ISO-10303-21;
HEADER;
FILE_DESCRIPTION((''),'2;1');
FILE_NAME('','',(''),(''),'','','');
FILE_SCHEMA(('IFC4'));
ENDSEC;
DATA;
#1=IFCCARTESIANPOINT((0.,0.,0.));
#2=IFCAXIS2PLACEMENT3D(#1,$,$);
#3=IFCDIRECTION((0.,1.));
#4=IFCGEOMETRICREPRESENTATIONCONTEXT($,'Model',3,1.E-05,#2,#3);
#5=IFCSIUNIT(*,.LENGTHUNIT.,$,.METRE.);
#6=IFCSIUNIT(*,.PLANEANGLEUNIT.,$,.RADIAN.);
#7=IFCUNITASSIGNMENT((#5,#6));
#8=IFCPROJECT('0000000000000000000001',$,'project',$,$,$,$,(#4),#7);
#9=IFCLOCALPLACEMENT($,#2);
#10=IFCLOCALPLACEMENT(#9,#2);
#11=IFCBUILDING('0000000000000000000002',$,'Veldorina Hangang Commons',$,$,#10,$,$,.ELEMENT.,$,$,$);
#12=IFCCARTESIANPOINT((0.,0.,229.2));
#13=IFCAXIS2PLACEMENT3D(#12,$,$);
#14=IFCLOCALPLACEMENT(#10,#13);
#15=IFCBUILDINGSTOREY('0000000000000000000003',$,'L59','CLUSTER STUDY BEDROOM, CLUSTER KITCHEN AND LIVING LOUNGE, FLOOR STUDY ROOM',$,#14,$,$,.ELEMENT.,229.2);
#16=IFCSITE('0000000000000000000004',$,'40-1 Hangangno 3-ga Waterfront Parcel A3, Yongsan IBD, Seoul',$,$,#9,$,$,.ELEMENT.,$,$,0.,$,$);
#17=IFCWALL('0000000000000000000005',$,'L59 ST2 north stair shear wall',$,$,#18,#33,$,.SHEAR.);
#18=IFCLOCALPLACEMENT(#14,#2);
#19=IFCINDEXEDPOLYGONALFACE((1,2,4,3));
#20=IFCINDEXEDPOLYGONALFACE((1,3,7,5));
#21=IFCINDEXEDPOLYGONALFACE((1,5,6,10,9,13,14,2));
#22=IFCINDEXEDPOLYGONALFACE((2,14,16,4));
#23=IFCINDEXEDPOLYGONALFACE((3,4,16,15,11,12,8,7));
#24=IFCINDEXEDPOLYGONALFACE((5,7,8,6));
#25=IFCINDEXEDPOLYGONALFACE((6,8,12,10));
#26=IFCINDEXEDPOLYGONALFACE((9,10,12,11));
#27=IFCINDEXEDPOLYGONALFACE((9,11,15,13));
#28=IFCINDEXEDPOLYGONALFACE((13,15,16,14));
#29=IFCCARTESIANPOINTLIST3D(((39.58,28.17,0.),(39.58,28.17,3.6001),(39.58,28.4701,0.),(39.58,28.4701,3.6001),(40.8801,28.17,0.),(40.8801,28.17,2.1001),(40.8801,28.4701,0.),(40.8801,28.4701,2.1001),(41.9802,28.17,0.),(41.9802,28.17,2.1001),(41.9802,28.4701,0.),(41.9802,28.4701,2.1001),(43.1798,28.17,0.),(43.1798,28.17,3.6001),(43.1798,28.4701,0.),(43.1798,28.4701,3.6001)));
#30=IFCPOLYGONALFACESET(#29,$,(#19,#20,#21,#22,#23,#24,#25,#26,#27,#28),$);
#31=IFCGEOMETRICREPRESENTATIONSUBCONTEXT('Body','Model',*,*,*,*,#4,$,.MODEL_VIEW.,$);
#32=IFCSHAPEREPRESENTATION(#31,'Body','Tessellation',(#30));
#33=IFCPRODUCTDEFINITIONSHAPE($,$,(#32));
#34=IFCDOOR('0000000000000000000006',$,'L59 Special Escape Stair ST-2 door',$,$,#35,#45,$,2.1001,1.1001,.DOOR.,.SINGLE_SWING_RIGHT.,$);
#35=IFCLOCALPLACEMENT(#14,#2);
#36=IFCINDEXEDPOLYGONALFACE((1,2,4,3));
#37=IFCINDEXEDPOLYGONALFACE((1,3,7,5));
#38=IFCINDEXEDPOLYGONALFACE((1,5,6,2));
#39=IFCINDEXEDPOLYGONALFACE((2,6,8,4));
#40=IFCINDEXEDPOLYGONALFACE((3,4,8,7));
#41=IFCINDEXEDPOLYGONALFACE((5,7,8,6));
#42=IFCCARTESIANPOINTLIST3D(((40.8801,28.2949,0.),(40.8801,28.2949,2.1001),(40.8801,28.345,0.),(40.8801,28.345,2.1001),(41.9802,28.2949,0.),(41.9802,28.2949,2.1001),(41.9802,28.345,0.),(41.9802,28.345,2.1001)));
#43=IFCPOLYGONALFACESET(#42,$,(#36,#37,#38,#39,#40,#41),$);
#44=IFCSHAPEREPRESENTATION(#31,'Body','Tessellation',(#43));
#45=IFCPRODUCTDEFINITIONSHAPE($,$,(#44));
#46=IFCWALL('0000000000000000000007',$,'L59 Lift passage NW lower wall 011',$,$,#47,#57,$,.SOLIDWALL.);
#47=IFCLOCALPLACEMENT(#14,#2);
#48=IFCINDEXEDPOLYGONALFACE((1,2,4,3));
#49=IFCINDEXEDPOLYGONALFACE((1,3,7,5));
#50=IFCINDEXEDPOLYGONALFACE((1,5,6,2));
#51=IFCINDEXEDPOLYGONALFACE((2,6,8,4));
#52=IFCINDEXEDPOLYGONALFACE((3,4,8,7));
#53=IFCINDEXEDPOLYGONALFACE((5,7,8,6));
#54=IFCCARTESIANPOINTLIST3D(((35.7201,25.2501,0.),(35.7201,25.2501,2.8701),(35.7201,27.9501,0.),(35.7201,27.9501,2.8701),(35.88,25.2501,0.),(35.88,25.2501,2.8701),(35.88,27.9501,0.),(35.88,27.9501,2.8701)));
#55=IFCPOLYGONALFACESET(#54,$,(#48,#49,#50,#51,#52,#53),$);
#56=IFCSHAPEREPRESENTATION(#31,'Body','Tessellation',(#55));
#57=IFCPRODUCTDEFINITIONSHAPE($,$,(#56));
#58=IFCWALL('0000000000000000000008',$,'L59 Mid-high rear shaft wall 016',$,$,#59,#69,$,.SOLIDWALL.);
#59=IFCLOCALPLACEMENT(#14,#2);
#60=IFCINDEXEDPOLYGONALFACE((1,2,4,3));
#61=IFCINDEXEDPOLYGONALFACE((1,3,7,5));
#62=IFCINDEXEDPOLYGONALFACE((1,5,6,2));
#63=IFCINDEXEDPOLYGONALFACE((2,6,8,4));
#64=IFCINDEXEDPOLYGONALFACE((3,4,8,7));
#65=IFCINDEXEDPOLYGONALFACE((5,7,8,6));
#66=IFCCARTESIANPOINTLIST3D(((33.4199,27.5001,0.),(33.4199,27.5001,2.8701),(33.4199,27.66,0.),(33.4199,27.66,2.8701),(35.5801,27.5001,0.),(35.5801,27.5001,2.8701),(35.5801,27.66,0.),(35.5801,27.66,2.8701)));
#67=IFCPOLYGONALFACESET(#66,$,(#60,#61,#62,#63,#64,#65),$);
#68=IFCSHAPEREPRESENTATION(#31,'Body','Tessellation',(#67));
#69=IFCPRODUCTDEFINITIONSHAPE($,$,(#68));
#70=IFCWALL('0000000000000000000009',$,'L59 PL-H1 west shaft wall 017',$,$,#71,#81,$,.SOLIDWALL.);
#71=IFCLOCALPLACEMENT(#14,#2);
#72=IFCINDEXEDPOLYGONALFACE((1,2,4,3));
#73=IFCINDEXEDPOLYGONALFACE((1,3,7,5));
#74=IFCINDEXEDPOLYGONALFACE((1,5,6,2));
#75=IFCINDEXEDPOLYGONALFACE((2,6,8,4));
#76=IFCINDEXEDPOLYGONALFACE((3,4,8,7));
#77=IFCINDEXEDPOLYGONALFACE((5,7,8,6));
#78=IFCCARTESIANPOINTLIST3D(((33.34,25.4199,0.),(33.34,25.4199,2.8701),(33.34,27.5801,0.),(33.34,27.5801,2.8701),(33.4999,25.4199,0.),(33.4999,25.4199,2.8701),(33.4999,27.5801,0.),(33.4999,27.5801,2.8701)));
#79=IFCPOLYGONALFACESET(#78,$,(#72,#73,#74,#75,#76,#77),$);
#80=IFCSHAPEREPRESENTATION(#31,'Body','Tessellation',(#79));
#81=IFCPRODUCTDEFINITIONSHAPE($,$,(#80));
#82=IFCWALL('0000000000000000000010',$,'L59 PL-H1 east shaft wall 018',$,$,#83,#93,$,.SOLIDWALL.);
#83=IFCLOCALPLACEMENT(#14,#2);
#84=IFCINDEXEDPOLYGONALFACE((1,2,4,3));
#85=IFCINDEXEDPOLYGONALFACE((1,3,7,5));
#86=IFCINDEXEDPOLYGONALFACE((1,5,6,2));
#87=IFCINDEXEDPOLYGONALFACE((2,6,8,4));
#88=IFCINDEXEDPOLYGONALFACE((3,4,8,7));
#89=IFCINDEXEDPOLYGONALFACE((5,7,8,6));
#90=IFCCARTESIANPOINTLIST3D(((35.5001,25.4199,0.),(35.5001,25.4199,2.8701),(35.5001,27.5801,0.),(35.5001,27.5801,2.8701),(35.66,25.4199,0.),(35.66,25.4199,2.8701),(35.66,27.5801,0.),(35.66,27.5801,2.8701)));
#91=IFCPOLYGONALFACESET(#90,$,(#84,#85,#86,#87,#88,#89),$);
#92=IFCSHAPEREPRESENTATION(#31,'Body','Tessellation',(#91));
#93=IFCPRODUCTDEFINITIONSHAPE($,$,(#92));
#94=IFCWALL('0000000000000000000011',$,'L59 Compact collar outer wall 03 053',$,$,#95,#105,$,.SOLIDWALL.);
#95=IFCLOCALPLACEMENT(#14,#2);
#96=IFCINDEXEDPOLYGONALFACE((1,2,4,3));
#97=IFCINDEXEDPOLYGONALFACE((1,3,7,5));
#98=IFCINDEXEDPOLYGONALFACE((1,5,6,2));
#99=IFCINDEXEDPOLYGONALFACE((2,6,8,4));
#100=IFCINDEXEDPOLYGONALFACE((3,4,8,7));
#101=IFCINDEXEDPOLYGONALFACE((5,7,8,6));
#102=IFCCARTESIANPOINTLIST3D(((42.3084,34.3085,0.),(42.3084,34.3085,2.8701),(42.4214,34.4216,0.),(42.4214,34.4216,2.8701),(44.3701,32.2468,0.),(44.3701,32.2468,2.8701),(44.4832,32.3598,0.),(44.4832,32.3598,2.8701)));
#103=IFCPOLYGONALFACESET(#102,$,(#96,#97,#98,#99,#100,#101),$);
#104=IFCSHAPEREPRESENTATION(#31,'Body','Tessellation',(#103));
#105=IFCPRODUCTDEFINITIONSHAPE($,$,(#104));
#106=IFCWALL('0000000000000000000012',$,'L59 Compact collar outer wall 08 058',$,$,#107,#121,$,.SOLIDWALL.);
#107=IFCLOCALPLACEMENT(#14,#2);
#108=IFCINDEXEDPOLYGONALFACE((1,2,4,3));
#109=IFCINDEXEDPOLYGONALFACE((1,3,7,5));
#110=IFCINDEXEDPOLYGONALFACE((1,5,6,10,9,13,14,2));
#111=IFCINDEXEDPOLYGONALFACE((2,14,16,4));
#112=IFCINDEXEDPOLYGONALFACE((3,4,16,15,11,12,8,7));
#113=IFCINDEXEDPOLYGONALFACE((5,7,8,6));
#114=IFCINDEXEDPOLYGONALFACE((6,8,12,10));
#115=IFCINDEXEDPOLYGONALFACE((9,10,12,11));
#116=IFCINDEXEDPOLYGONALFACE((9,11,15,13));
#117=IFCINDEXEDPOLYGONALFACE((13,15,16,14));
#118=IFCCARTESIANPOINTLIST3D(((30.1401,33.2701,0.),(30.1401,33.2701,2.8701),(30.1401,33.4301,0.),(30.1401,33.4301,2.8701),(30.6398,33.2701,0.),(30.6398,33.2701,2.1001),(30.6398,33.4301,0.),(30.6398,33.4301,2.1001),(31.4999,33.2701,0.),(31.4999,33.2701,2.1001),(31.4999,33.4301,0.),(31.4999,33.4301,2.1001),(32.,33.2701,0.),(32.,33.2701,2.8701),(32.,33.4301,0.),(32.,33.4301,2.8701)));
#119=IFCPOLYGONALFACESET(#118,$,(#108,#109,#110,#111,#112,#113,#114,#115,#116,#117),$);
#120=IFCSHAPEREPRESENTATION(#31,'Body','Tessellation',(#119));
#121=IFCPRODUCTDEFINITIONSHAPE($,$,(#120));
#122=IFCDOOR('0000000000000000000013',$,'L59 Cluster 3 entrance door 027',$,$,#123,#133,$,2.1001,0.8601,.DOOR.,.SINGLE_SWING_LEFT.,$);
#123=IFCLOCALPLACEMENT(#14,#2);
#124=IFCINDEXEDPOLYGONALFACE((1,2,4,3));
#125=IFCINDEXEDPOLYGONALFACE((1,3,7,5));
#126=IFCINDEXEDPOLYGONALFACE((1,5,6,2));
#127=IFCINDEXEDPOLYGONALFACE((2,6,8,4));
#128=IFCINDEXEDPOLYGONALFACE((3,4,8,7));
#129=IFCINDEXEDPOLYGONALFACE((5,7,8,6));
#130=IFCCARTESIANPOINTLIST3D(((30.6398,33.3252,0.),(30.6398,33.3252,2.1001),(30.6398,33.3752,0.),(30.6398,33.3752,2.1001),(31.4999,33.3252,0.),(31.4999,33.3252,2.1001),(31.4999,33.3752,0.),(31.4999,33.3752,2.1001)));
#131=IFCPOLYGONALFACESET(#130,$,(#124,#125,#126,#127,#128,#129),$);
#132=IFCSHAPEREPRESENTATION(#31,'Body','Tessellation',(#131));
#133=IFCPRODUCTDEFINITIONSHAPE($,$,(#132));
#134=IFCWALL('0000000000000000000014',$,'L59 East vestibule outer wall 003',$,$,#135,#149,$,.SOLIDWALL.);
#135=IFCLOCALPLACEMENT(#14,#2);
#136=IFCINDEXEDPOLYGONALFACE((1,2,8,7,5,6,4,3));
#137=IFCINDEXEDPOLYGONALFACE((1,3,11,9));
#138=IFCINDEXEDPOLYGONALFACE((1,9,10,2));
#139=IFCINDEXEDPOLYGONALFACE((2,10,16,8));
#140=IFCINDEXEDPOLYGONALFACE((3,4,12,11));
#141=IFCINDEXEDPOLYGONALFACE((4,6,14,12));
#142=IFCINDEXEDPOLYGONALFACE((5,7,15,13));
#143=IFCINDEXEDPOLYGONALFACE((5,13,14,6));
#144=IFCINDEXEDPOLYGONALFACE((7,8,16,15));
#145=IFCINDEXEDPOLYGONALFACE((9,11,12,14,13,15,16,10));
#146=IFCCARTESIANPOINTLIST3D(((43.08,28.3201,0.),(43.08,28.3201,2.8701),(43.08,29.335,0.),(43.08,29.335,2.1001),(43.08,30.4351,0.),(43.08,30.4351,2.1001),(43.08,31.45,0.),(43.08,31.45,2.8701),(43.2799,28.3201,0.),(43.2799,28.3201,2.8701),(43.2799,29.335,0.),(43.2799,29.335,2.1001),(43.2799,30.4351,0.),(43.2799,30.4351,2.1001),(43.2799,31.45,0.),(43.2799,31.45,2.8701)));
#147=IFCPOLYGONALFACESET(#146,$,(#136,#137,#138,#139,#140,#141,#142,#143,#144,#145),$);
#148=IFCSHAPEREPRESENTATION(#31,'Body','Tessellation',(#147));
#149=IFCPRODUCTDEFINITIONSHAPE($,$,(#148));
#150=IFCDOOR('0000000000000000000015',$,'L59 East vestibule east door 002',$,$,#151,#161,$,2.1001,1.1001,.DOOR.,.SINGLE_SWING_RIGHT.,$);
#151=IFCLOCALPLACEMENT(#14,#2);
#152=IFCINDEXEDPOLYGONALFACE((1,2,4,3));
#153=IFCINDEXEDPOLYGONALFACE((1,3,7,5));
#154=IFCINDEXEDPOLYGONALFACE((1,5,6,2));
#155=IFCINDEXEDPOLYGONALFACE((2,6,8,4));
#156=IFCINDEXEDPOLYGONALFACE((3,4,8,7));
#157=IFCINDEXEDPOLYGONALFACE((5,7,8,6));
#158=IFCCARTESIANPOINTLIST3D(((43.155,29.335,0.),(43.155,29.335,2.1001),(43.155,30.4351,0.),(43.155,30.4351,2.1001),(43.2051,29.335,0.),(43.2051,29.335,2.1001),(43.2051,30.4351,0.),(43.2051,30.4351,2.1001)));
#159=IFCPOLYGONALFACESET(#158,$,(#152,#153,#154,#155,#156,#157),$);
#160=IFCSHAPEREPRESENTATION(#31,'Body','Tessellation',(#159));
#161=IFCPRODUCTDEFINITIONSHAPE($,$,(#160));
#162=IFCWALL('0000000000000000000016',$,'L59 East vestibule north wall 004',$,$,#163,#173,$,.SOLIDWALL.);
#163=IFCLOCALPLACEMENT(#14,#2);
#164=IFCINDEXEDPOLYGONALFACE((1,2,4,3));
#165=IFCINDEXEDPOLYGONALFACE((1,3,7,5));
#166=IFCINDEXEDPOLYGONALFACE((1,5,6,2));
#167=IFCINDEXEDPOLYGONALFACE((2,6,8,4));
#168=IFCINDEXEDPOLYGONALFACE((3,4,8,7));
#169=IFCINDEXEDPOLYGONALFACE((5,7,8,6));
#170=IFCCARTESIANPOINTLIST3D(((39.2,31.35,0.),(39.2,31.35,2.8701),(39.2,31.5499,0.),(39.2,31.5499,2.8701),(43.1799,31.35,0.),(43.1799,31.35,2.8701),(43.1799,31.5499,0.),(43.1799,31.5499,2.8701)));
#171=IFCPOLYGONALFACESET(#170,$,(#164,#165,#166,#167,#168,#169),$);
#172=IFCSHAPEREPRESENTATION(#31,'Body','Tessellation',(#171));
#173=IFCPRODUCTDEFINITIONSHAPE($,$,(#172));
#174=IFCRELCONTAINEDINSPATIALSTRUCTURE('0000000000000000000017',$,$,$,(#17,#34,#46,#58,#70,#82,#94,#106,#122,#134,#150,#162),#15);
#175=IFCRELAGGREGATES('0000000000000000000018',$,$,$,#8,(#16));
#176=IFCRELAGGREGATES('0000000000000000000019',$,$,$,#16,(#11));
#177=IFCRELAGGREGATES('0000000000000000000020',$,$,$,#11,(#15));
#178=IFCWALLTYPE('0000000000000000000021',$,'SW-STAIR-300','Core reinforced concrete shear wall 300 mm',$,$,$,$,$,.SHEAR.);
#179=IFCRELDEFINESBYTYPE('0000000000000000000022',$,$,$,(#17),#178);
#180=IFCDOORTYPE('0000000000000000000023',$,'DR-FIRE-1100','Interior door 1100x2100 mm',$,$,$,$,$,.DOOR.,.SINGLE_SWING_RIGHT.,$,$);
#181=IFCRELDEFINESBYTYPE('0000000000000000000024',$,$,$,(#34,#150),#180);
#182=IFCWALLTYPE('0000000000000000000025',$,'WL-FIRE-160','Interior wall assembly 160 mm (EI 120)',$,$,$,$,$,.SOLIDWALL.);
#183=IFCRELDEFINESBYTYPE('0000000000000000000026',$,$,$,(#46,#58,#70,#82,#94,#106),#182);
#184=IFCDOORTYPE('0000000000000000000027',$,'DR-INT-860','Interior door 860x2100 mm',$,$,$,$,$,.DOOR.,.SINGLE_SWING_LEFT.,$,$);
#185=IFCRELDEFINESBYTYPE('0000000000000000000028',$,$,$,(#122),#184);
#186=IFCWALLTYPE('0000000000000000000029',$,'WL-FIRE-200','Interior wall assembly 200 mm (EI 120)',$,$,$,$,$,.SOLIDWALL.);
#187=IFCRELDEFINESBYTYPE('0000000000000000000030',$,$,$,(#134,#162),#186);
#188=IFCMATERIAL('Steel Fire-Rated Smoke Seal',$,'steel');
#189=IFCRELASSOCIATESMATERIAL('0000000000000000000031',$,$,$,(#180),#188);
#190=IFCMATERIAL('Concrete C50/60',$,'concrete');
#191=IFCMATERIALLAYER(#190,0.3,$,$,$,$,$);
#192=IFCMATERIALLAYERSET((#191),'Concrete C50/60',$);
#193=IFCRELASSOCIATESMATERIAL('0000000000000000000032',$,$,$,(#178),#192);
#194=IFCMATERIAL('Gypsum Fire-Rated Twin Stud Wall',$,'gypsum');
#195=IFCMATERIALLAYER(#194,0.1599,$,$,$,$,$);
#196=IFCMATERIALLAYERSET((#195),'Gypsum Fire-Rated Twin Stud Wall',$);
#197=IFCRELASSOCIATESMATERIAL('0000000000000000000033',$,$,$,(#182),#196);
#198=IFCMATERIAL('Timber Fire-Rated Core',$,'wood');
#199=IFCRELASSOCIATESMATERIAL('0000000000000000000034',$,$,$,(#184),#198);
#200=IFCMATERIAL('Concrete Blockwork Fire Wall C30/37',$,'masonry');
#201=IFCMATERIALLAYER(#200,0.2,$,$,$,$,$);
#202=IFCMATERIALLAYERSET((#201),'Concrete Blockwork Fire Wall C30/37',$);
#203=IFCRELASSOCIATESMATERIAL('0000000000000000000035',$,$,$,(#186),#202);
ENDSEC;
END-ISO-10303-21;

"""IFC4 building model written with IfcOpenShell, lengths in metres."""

from ifc_helpers import new_model, si_unit, direction, frame, frame_2d, origin, place, context, subcontext, project, spatial, rectangle, extrude, material, layer, layer_set, type_object, element, fill, save


model = new_model("IFC4")

# Units and contexts
model_context = context("Model", 3, precision=1e-05, world=origin(), true_north=direction((0.0, 1.0)))
body_context = subcontext(model_context, "Body", "Model", "MODEL_VIEW")
ifc_project = project(units=[si_unit("LENGTHUNIT", "METRE"), si_unit("PLANEANGLEUNIT", "RADIAN")], contexts=[model_context])

# Site, building, storey
site_placement = place(None, origin())
site = spatial("IfcSite", under=ifc_project, at=site_placement, Name="40-1 Hangangno 3-ga Waterfront Parcel A3, Yongsan IBD, Seoul", CompositionType="ELEMENT", RefElevation=0.0)
building_placement = place(site_placement, origin())
building = spatial("IfcBuilding", under=site, at=building_placement, Name="Veldorina Hangang Commons", CompositionType="ELEMENT")
storey_placement = place(building_placement, frame((0.0, 0.0, 229.2)))
storey = spatial("IfcBuildingStorey", under=building, at=storey_placement, Name="L59", Description="CLUSTER STUDY BEDROOM, CLUSTER KITCHEN AND LIVING LOUNGE, FLOOR STUDY ROOM", CompositionType="ELEMENT", Elevation=229.2)

# Shared definitions
ifc_material_1 = material(Name="Concrete C50/60", Category="concrete")

# Wall, opening, door
ifc_material_2 = material(Name="Steel Fire-Rated Smoke Seal", Category="steel")
door_type_1 = type_object("IfcDoorType", Name="DR-FIRE-1100", Description="Interior door 1100x2100 mm", OperationType="SINGLE_SWING_RIGHT", PredefinedType="DOOR", material=ifc_material_2)
ifc_layer_1 = layer(ifc_material_1, 0.3)
ifc_layer_set_1 = layer_set([ifc_layer_1], Name="Concrete C50/60")
wall_type_1 = type_object("IfcWallType", Name="SW-STAIR-300", Description="Core reinforced concrete shear wall 300 mm", PredefinedType="SHEAR", material=ifc_layer_set_1)
wall_1_placement = place(storey_placement, frame((39.5801, 28.3201, 0.0), z_axis=(0.0, 0.0, 1.0), x_axis=(1.0, 0.0, 0.0)))
wall_1 = element("IfcWall", 1, at=wall_1_placement, inside=storey, type_object=wall_type_1, Name="L59 ST2 north stair shear wall", PredefinedType="SHEAR", context=body_context, shape_type="SweptSolid", body=[
    extrude(rectangle(XDim=3.5999, YDim=0.3, at=frame_2d((1.7998, 0.0))), origin(), (0.0, 0.0, 1.0), 3.6001),
])
opening_1_placement = place(wall_1_placement, frame((1.3, 0.0, 0.0)))
opening_1 = element("IfcOpeningElement", 2, at=opening_1_placement, cuts=wall_1, PredefinedType="OPENING", context=body_context, shape_type="SweptSolid", body=[
    extrude(rectangle(XDim=1.1001, YDim=2.1001, at=frame_2d((0.55, 1.05))), frame((0.0, 0.1602, 0.0), z_axis=(0.0, -1.0, 0.0), x_axis=(1.0, 0.0, 0.0)), (0.0, 0.0, 1.0), 0.3201),
])
door_1_placement = place(opening_1_placement, origin())
door_1 = element("IfcDoor", 3, at=door_1_placement, inside=storey, type_object=door_type_1, Name="L59 Special Escape Stair ST-2 door", OperationType="SINGLE_SWING_RIGHT", OverallHeight=2.1001, OverallWidth=1.1001, PredefinedType="DOOR", context=body_context, shape_type="SweptSolid", body=[
    extrude(rectangle(XDim=1.1001, YDim=2.1001, at=frame_2d((0.55, 1.05))), frame((0.0, 0.0249, 0.0), z_axis=(0.0, -1.0, 0.0), x_axis=(1.0, 0.0, 0.0)), (0.0, 0.0, 1.0), 0.05),
])
fill(opening_1, door_1)

# Wall
ifc_material_3 = material(Name="Gypsum Fire-Rated Twin Stud Wall", Category="gypsum")
ifc_layer_2 = layer(ifc_material_3, 0.1599)
ifc_layer_set_2 = layer_set([ifc_layer_2], Name="Gypsum Fire-Rated Twin Stud Wall")
wall_type_2 = type_object("IfcWallType", Name="WL-FIRE-160", Description="Interior wall assembly 160 mm (EI 120)", PredefinedType="SOLIDWALL", material=ifc_layer_set_2)
wall_2_placement = place(storey_placement, frame((35.8, 25.25, 0.0), z_axis=(0.0, 0.0, 1.0), x_axis=(0.0, 1.0, 0.0)))
element("IfcWall", 4, at=wall_2_placement, inside=storey, type_object=wall_type_2, Name="L59 Lift passage NW lower wall 011", PredefinedType="SOLIDWALL", context=body_context, shape_type="SweptSolid", body=[
    extrude(rectangle(XDim=2.7, YDim=0.1599, at=frame_2d((1.3501, 0.0))), origin(), (0.0, 0.0, 1.0), 2.8701),
])

# Walls
for number, where, z_axis, x_axis, name in (
    (5, (33.4199, 27.5801, 0.0), (0.0, 0.0, 1.0), (1.0, 0.0, 0.0), "L59 Mid-high rear shaft wall 016"),
    (6, (33.4199, 25.4199, 0.0), (0.0, 0.0, 1.0), (0.0, 1.0, 0.0), "L59 PL-H1 west shaft wall 017"),
    (7, (35.5801, 25.4199, 0.0), (0.0, 0.0, 1.0), (0.0, 1.0, 0.0), "L59 PL-H1 east shaft wall 018"),
):
    element("IfcWall", number, at=place(storey_placement, frame(where, z_axis=z_axis, x_axis=x_axis)), inside=storey, type_object=wall_type_2, Name=name, PredefinedType="SOLIDWALL", context=body_context, shape_type="SweptSolid", body=[
        extrude(rectangle(XDim=2.1602, YDim=0.1599, at=frame_2d((1.0801, 0.0))), origin(), (0.0, 0.0, 1.0), 2.8701),
    ])
wall_3_placement = place(storey_placement, frame((44.4268, 32.3032, 0.0), z_axis=(0.0, 0.0, 1.0), x_axis=(-0.707107, 0.707107, 0.0)))
element("IfcWall", 8, at=wall_3_placement, inside=storey, type_object=wall_type_2, Name="L59 Compact collar outer wall 03 053", PredefinedType="SOLIDWALL", context=body_context, shape_type="SweptSolid", body=[
    extrude(rectangle(XDim=2.9158, YDim=0.1599, at=frame_2d((1.458, 0.0))), origin(), (0.0, 0.0, 1.0), 2.8701),
])

# Walls, openings, doors
wall_4_placement = place(storey_placement, frame((32.0, 33.3501, 0.0), z_axis=(0.0, 0.0, 1.0), x_axis=(-1.0, 0.0, 0.0)))
wall_4 = element("IfcWall", 9, at=wall_4_placement, inside=storey, type_object=wall_type_2, Name="L59 Compact collar outer wall 08 058", PredefinedType="SOLIDWALL", context=body_context, shape_type="SweptSolid", body=[
    extrude(rectangle(XDim=1.8599, YDim=0.1599, at=frame_2d((0.9299, 0.0))), origin(), (0.0, 0.0, 1.0), 2.8701),
])
opening_2_placement = place(wall_4_placement, frame((0.5, 0.0, 0.0)))
opening_2 = element("IfcOpeningElement", 10, at=opening_2_placement, cuts=wall_4, PredefinedType="OPENING", context=body_context, shape_type="SweptSolid", body=[
    extrude(rectangle(XDim=0.8601, YDim=2.1001, at=frame_2d((0.4302, 1.05))), frame((0.0, 0.0898, 0.0), z_axis=(0.0, -1.0, 0.0), x_axis=(1.0, 0.0, 0.0)), (0.0, 0.0, 1.0), 0.1799),
])
ifc_material_4 = material(Name="Timber Fire-Rated Core", Category="wood")
door_type_2 = type_object("IfcDoorType", Name="DR-INT-860", Description="Interior door 860x2100 mm", OperationType="SINGLE_SWING_LEFT", PredefinedType="DOOR", material=ifc_material_4)
door_2_placement = place(opening_2_placement, origin())
door_2 = element("IfcDoor", 11, at=door_2_placement, inside=storey, type_object=door_type_2, Name="L59 Cluster 3 entrance door 027", OperationType="SINGLE_SWING_LEFT", OverallHeight=2.1001, OverallWidth=0.8601, PredefinedType="DOOR", context=body_context, shape_type="SweptSolid", body=[
    extrude(rectangle(XDim=0.8601, YDim=2.1001, at=frame_2d((0.4302, 1.05))), frame((0.0, 0.0249, 0.0), z_axis=(0.0, -1.0, 0.0), x_axis=(1.0, 0.0, 0.0)), (0.0, 0.0, 1.0), 0.05),
])
fill(opening_2, door_2)
ifc_material_5 = material(Name="Concrete Blockwork Fire Wall C30/37", Category="masonry")
ifc_layer_3 = layer(ifc_material_5, 0.2)
ifc_layer_set_3 = layer_set([ifc_layer_3], Name="Concrete Blockwork Fire Wall C30/37")
wall_type_3 = type_object("IfcWallType", Name="WL-FIRE-200", Description="Interior wall assembly 200 mm (EI 120)", PredefinedType="SOLIDWALL", material=ifc_layer_set_3)
wall_5_placement = place(storey_placement, frame((43.1799, 28.3201, 0.0), z_axis=(0.0, 0.0, 1.0), x_axis=(0.0, 1.0, 0.0)))
wall_5 = element("IfcWall", 12, at=wall_5_placement, inside=storey, type_object=wall_type_3, Name="L59 East vestibule outer wall 003", PredefinedType="SOLIDWALL", context=body_context, shape_type="SweptSolid", body=[
    extrude(rectangle(XDim=3.1299, YDim=0.2, at=frame_2d((1.5649, 0.0))), origin(), (0.0, 0.0, 1.0), 2.8701),
])
opening_3_placement = place(wall_5_placement, frame((1.0149, 0.0, 0.0)))
opening_3 = element("IfcOpeningElement", 13, at=opening_3_placement, cuts=wall_5, PredefinedType="OPENING", context=body_context, shape_type="SweptSolid", body=[
    extrude(rectangle(XDim=1.1001, YDim=2.1001, at=frame_2d((0.55, 1.05))), frame((0.0, 0.1099, 0.0), z_axis=(0.0, -1.0, 0.0), x_axis=(1.0, 0.0, 0.0)), (0.0, 0.0, 1.0), 0.22),
])
door_3_placement = place(opening_3_placement, origin())
door_3 = element("IfcDoor", 14, at=door_3_placement, inside=storey, type_object=door_type_1, Name="L59 East vestibule east door 002", OperationType="SINGLE_SWING_RIGHT", OverallHeight=2.1001, OverallWidth=1.1001, PredefinedType="DOOR", context=body_context, shape_type="SweptSolid", body=[
    extrude(rectangle(XDim=1.1001, YDim=2.1001, at=frame_2d((0.55, 1.05))), frame((0.0, 0.0249, 0.0), z_axis=(0.0, -1.0, 0.0), x_axis=(1.0, 0.0, 0.0)), (0.0, 0.0, 1.0), 0.05),
])
fill(opening_3, door_3)

# Wall
wall_6_placement = place(storey_placement, frame((39.2, 31.45, 0.0), z_axis=(0.0, 0.0, 1.0), x_axis=(1.0, 0.0, 0.0)))
element("IfcWall", 15, at=wall_6_placement, inside=storey, type_object=wall_type_3, Name="L59 East vestibule north wall 004", PredefinedType="SOLIDWALL", context=body_context, shape_type="SweptSolid", body=[
    extrude(rectangle(XDim=3.98, YDim=0.2, at=frame_2d((1.99, 0.0))), origin(), (0.0, 0.0, 1.0), 2.8701),
])

save(model, "model.ifc")
